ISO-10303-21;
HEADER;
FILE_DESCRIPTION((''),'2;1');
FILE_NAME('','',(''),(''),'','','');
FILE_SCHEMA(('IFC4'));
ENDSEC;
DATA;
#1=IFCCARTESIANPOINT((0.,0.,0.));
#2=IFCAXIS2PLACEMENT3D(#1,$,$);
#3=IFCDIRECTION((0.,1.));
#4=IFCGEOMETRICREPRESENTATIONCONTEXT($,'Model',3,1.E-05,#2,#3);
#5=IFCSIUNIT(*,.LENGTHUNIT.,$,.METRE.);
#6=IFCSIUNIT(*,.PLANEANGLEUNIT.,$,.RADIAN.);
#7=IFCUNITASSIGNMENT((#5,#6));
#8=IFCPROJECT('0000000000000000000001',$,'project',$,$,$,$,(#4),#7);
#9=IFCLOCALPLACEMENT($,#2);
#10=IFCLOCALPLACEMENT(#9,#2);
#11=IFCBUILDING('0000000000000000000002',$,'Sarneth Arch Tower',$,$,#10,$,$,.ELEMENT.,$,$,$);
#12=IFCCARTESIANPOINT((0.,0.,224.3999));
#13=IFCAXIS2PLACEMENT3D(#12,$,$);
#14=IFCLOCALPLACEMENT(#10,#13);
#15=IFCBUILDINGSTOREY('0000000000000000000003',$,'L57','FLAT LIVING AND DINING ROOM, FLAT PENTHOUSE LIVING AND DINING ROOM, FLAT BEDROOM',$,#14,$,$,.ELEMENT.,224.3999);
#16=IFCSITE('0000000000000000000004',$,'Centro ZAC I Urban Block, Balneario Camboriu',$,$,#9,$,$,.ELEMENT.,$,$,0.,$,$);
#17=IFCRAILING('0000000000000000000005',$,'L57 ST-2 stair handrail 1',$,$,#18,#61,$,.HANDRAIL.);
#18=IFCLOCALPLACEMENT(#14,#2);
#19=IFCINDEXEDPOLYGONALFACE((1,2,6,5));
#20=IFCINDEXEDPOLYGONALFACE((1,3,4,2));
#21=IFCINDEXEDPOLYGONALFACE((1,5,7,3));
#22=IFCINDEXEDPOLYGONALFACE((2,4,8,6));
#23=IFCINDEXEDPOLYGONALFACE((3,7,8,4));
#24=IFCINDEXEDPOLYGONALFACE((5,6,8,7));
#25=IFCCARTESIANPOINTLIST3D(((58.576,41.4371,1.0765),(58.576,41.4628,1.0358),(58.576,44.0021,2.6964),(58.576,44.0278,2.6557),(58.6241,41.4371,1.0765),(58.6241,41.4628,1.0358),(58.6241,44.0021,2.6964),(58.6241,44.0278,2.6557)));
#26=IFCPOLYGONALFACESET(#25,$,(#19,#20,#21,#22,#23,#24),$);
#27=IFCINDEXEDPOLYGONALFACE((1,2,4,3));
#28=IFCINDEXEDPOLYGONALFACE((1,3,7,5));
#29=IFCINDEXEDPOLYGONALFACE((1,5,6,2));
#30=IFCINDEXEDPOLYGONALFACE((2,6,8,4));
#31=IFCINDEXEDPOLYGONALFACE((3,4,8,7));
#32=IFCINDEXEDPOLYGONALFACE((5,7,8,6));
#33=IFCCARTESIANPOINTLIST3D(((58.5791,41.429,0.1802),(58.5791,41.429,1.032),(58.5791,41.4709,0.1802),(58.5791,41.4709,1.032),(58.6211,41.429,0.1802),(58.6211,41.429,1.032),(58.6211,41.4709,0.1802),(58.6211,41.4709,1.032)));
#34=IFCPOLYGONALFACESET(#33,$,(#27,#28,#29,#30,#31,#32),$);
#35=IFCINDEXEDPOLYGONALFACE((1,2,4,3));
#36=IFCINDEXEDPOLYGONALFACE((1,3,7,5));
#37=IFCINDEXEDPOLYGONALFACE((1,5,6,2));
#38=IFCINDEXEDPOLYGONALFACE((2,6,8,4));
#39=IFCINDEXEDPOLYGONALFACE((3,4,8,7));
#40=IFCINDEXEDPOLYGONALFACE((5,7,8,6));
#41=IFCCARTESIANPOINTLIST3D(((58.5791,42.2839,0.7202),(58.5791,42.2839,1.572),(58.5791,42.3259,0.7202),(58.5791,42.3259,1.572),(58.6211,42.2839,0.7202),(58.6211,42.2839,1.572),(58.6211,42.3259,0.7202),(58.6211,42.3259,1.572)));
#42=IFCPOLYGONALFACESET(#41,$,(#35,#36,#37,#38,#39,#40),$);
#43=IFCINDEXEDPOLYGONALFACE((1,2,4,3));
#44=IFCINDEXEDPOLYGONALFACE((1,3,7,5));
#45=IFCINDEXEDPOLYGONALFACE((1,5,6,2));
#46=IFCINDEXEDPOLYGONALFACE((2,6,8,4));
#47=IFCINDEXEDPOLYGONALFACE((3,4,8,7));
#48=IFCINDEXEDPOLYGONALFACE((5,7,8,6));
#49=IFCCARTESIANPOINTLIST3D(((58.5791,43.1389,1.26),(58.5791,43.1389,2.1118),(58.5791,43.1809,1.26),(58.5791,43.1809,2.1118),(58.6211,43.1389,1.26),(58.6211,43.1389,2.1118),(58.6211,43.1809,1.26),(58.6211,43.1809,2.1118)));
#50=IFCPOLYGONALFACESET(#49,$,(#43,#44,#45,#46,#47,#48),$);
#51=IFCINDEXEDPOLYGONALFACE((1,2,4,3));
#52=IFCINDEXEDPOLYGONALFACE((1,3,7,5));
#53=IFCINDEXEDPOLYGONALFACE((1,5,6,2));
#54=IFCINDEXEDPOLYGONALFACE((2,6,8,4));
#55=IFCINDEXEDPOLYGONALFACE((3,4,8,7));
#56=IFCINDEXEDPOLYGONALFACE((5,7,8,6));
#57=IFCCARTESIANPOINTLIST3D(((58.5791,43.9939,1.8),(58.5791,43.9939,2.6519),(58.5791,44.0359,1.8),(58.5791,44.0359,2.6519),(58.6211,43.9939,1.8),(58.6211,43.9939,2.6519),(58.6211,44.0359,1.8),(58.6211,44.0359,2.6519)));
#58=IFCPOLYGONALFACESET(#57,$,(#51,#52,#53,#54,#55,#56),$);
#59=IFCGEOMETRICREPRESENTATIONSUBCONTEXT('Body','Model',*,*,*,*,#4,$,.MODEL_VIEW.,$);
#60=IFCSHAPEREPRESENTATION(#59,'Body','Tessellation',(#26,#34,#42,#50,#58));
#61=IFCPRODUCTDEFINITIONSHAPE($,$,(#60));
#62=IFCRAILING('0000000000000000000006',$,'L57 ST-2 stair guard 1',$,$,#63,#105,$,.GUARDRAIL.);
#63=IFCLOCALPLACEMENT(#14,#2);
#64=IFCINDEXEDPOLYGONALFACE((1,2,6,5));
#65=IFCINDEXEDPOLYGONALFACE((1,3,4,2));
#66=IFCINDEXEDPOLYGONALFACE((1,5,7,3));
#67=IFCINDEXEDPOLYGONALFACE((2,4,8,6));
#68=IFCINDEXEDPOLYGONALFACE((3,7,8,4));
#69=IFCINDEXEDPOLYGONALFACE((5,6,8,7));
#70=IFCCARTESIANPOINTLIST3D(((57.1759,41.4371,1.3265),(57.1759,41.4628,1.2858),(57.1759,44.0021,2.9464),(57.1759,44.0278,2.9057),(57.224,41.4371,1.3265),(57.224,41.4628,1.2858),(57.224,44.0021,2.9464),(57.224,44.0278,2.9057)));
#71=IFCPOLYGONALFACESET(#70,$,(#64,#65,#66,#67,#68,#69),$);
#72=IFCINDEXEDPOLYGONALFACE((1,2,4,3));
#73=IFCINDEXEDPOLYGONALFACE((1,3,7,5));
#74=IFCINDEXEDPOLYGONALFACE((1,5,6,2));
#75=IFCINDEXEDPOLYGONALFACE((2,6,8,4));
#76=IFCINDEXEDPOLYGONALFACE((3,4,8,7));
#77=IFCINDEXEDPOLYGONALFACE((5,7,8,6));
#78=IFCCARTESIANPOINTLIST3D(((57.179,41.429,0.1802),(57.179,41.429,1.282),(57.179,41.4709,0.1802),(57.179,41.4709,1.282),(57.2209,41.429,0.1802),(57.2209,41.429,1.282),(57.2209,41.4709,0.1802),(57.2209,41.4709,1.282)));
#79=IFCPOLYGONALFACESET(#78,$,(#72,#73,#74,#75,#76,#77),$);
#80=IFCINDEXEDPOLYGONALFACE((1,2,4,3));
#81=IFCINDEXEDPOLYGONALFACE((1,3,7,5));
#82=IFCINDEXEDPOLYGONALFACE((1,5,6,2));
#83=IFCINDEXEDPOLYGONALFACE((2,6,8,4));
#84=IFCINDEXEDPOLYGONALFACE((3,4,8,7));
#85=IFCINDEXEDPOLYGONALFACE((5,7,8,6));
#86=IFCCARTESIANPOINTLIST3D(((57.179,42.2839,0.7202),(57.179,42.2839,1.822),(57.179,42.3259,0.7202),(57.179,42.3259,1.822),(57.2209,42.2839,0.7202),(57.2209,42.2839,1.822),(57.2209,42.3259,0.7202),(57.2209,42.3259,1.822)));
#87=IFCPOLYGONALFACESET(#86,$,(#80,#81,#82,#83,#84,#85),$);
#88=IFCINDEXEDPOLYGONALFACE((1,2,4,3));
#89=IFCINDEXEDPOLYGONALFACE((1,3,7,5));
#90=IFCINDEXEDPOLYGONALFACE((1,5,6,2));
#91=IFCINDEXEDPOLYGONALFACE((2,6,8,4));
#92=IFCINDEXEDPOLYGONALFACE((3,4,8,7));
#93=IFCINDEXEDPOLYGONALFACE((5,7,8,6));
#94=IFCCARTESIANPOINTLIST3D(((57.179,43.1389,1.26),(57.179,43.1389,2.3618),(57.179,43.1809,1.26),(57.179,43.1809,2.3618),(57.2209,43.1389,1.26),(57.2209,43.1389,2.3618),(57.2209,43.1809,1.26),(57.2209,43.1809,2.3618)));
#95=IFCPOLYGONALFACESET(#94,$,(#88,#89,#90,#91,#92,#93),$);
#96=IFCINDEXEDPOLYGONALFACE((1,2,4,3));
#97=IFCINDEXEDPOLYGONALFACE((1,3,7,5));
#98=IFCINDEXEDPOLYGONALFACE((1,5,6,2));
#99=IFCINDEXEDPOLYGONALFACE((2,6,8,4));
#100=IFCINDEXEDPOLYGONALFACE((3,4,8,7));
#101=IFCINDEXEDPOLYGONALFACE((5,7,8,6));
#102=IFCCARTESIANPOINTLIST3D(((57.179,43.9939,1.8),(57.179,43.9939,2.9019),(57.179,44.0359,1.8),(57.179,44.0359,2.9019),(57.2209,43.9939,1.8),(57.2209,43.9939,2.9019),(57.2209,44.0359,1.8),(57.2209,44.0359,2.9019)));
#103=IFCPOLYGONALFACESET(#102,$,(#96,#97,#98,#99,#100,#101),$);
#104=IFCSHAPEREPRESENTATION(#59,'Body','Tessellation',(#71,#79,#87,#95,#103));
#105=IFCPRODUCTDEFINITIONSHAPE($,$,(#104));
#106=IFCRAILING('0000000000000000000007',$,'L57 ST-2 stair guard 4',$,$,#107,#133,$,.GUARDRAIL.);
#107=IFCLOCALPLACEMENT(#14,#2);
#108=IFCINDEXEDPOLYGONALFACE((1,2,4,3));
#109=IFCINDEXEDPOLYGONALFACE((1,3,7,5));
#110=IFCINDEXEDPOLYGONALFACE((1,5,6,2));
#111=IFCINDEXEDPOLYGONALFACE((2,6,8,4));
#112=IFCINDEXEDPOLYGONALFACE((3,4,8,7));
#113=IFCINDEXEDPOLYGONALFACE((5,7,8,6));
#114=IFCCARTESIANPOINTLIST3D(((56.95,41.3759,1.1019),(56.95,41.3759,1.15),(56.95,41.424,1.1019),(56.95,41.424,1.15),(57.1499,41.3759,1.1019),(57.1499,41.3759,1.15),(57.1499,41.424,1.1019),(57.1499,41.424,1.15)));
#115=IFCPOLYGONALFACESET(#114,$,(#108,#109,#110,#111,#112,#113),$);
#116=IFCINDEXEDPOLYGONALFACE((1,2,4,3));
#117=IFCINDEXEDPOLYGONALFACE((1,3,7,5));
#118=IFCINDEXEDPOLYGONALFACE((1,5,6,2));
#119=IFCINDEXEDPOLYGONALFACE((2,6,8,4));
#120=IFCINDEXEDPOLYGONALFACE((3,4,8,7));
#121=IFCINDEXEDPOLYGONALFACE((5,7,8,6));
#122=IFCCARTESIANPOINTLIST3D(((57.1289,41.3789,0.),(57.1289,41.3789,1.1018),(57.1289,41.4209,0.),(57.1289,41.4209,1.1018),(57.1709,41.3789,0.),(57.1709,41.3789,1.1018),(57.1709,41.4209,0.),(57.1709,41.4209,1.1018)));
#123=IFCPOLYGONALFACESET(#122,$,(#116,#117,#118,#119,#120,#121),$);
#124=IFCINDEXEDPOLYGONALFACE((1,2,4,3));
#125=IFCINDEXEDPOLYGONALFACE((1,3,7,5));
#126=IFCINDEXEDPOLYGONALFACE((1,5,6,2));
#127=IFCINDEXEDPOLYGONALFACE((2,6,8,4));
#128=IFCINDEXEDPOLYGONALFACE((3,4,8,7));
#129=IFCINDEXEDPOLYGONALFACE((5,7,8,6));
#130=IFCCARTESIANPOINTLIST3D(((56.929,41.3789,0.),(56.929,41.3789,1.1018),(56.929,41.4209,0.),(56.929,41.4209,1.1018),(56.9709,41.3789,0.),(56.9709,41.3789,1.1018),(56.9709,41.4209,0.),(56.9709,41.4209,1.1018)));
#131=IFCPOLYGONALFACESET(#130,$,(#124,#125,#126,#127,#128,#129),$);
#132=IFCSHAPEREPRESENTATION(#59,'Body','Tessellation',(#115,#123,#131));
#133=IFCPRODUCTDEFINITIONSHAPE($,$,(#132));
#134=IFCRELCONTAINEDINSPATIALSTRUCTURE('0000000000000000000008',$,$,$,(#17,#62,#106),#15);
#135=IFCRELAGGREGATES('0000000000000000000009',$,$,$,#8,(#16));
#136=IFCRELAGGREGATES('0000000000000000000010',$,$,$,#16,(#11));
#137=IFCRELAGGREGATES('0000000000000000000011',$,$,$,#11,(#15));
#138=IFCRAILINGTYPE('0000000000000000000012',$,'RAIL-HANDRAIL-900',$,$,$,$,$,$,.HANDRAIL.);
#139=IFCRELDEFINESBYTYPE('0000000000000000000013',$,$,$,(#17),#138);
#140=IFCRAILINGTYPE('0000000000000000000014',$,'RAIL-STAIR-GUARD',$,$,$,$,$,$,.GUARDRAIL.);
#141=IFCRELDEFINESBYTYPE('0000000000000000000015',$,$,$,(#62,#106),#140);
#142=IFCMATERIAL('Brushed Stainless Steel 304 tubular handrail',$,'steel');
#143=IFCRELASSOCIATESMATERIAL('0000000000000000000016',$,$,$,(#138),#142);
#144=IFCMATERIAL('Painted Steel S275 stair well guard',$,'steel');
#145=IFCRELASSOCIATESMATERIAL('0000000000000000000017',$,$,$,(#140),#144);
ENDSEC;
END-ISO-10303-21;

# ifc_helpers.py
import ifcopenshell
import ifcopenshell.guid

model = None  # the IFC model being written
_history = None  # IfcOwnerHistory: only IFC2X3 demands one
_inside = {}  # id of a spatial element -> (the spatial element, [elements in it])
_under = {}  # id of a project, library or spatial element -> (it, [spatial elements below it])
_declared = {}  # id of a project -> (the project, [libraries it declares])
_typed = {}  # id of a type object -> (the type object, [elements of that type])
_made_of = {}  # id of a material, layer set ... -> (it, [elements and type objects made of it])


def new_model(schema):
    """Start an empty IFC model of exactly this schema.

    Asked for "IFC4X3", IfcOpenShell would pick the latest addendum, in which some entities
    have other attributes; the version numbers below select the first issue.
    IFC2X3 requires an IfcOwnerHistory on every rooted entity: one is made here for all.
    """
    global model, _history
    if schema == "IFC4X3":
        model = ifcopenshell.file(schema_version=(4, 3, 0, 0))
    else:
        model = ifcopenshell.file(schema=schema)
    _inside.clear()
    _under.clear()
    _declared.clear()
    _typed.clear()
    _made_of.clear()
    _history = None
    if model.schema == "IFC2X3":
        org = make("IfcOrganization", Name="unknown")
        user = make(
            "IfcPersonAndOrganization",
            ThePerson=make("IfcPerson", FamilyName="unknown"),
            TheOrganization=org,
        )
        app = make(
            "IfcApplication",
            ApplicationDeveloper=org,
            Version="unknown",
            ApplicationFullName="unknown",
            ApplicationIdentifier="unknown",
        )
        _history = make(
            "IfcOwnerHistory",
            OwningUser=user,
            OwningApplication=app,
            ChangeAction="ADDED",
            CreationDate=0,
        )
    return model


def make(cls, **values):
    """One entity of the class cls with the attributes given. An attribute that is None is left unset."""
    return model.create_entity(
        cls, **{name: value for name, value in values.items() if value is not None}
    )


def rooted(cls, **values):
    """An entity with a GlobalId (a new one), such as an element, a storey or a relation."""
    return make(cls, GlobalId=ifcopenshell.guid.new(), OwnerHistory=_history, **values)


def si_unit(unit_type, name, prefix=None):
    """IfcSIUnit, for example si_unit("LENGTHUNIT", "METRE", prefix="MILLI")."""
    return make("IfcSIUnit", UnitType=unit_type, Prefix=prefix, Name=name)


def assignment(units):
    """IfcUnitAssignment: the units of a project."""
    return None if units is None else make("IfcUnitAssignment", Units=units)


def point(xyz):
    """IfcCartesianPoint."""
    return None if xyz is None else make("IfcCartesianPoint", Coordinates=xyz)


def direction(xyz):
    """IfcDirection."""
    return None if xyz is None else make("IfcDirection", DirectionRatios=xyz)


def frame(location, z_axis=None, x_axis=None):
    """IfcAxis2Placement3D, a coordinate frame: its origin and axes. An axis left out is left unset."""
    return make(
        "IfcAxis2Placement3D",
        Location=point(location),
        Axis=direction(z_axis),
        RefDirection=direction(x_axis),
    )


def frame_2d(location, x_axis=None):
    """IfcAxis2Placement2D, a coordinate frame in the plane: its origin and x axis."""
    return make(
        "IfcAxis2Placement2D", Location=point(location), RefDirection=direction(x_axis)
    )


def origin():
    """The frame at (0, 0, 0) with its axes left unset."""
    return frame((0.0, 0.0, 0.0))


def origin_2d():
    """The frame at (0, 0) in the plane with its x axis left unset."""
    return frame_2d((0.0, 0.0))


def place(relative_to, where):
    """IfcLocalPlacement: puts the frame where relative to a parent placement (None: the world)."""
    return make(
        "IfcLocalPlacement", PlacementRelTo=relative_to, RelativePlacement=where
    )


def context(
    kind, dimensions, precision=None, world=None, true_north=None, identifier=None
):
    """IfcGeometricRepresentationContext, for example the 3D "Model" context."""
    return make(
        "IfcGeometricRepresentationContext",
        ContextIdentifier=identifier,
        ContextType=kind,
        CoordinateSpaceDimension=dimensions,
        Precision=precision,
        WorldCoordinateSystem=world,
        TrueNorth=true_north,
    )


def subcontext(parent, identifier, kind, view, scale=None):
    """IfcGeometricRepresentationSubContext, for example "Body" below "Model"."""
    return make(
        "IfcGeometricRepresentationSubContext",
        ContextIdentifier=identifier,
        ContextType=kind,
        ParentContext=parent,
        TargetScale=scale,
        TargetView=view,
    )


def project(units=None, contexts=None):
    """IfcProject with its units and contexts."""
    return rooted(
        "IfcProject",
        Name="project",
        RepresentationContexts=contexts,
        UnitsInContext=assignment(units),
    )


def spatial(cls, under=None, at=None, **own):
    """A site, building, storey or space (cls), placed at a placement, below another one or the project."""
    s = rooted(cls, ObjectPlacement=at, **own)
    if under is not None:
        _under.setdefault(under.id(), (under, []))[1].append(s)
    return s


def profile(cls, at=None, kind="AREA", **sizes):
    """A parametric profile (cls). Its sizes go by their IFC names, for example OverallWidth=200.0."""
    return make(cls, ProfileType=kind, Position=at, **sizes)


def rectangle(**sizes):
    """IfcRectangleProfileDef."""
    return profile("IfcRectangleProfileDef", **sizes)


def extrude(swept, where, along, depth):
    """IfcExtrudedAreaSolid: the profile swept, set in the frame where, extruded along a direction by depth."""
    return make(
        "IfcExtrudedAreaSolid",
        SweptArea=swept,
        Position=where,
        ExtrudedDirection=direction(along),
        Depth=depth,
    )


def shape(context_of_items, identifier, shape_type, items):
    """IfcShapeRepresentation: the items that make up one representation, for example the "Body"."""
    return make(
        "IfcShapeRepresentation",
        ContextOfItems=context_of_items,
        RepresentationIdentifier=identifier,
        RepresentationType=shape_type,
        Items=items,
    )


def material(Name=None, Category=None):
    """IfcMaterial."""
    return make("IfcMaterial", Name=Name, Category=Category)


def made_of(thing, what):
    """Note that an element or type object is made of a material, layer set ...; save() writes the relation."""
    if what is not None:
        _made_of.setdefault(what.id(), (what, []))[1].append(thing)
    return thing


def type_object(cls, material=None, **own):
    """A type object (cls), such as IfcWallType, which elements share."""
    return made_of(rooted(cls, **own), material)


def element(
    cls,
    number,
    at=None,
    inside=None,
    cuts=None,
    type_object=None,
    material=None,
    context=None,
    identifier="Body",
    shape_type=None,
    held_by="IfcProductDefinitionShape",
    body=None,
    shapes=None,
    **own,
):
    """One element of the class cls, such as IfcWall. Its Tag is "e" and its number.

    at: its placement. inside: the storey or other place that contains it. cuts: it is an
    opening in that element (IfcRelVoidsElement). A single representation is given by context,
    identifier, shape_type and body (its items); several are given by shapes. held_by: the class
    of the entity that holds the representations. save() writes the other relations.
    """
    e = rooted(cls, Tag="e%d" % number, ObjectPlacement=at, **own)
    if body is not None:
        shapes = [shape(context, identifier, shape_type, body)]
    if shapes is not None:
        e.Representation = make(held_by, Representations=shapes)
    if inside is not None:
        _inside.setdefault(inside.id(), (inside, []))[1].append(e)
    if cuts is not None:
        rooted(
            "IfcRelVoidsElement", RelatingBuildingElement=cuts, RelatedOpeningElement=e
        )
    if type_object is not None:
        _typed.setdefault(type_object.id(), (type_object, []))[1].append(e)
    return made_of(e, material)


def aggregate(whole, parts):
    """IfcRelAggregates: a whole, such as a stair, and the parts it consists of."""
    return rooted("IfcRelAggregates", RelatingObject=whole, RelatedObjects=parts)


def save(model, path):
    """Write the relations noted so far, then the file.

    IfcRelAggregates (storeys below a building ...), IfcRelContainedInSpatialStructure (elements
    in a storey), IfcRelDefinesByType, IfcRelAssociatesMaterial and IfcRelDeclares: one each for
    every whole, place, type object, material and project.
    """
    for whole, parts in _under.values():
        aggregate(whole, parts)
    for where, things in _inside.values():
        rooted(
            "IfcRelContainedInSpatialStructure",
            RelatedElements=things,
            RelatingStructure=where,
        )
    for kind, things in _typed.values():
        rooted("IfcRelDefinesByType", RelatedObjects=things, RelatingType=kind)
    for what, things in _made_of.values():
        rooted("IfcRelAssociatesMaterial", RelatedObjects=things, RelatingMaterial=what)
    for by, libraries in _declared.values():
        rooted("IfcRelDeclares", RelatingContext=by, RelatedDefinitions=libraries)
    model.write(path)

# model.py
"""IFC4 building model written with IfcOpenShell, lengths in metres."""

from ifc_helpers import new_model, si_unit, direction, frame, origin, origin_2d, place, context, subcontext, project, spatial, rectangle, extrude, material, type_object, element, save


model = new_model("IFC4")

# Units and contexts
model_context = context("Model", 3, precision=1e-05, world=origin(), true_north=direction((0.0, 1.0)))
body_context = subcontext(model_context, "Body", "Model", "MODEL_VIEW")
ifc_project = project(units=[si_unit("LENGTHUNIT", "METRE"), si_unit("PLANEANGLEUNIT", "RADIAN")], contexts=[model_context])

# Site, building, storey
site_placement = place(None, origin())
site = spatial("IfcSite", under=ifc_project, at=site_placement, Name="Centro ZAC I Urban Block, Balneario Camboriu", CompositionType="ELEMENT", RefElevation=0.0)
building_placement = place(site_placement, origin())
building = spatial("IfcBuilding", under=site, at=building_placement, Name="Sarneth Arch Tower", CompositionType="ELEMENT")
storey_placement = place(building_placement, frame((0.0, 0.0, 224.3999)))
storey = spatial("IfcBuildingStorey", under=building, at=storey_placement, Name="L57", Description="FLAT LIVING AND DINING ROOM, FLAT PENTHOUSE LIVING AND DINING ROOM, FLAT BEDROOM", CompositionType="ELEMENT", Elevation=224.3999)

# Railings
ifc_material_1 = material(Name="Brushed Stainless Steel 304 tubular handrail", Category="steel")
railing_type_1 = type_object("IfcRailingType", Name="RAIL-HANDRAIL-900", PredefinedType="HANDRAIL", material=ifc_material_1)
railing_1_placement = place(storey_placement, frame((58.6001, 41.45, 0.1802)))
element("IfcRailing", 1, at=railing_1_placement, inside=storey, type_object=railing_type_1, Name="L57 ST-2 stair handrail 1", PredefinedType="HANDRAIL", context=body_context, shape_type="SweptSolid", body=[
    extrude(rectangle(XDim=0.0481, YDim=0.0481, at=origin_2d()), frame((0.0, 0.0, 0.876), z_axis=(0.0, 0.845502, 0.533972), x_axis=(-1.0, 0.0, 0.0)), (0.0, 0.0, 1.0), 3.0337),
    extrude(rectangle(XDim=0.042, YDim=0.042, at=origin_2d()), origin(), (0.0, 0.0, 1.0), 0.8518),
    extrude(rectangle(XDim=0.042, YDim=0.042, at=origin_2d()), frame((0.0, 0.855, 0.54)), (0.0, 0.0, 1.0), 0.8518),
    extrude(rectangle(XDim=0.042, YDim=0.042, at=origin_2d()), frame((0.0, 1.71, 1.0798)), (0.0, 0.0, 1.0), 0.8518),
    extrude(rectangle(XDim=0.042, YDim=0.042, at=origin_2d()), frame((0.0, 2.5649, 1.6199)), (0.0, 0.0, 1.0), 0.8518),
])
ifc_material_2 = material(Name="Painted Steel S275 stair well guard", Category="steel")
railing_type_2 = type_object("IfcRailingType", Name="RAIL-STAIR-GUARD", PredefinedType="GUARDRAIL", material=ifc_material_2)
railing_2_placement = place(storey_placement, frame((57.2, 41.45, 0.1802)))
element("IfcRailing", 2, at=railing_2_placement, inside=storey, type_object=railing_type_2, Name="L57 ST-2 stair guard 1", PredefinedType="GUARDRAIL", context=body_context, shape_type="SweptSolid", body=[
    extrude(rectangle(XDim=0.0481, YDim=0.0481, at=origin_2d()), frame((0.0, 0.0, 1.126), z_axis=(0.0, 0.845502, 0.533972), x_axis=(-1.0, 0.0, 0.0)), (0.0, 0.0, 1.0), 3.0337),
    extrude(rectangle(XDim=0.042, YDim=0.042, at=origin_2d()), origin(), (0.0, 0.0, 1.0), 1.1018),
    extrude(rectangle(XDim=0.042, YDim=0.042, at=origin_2d()), frame((0.0, 0.855, 0.54)), (0.0, 0.0, 1.0), 1.1018),
    extrude(rectangle(XDim=0.042, YDim=0.042, at=origin_2d()), frame((0.0, 1.71, 1.0798)), (0.0, 0.0, 1.0), 1.1018),
    extrude(rectangle(XDim=0.042, YDim=0.042, at=origin_2d()), frame((0.0, 2.5649, 1.6199)), (0.0, 0.0, 1.0), 1.1018),
])
railing_3_placement = place(storey_placement, frame((57.1499, 41.3999, 0.0)))
element("IfcRailing", 3, at=railing_3_placement, inside=storey, type_object=railing_type_2, Name="L57 ST-2 stair guard 4", PredefinedType="GUARDRAIL", context=body_context, shape_type="SweptSolid", body=[
    extrude(rectangle(XDim=0.0481, YDim=0.0481, at=origin_2d()), frame((0.0, 0.0, 1.126), z_axis=(-1.0, 0.0, 0.0), x_axis=(0.0, -1.0, 0.0)), (0.0, 0.0, 1.0), 0.2),
    extrude(rectangle(XDim=0.042, YDim=0.042, at=origin_2d()), origin(), (0.0, 0.0, 1.0), 1.1018),
    extrude(rectangle(XDim=0.042, YDim=0.042, at=origin_2d()), frame((-0.2, 0.0, 0.0)), (0.0, 0.0, 1.0), 1.1018),
])

save(model, "model.ifc")
